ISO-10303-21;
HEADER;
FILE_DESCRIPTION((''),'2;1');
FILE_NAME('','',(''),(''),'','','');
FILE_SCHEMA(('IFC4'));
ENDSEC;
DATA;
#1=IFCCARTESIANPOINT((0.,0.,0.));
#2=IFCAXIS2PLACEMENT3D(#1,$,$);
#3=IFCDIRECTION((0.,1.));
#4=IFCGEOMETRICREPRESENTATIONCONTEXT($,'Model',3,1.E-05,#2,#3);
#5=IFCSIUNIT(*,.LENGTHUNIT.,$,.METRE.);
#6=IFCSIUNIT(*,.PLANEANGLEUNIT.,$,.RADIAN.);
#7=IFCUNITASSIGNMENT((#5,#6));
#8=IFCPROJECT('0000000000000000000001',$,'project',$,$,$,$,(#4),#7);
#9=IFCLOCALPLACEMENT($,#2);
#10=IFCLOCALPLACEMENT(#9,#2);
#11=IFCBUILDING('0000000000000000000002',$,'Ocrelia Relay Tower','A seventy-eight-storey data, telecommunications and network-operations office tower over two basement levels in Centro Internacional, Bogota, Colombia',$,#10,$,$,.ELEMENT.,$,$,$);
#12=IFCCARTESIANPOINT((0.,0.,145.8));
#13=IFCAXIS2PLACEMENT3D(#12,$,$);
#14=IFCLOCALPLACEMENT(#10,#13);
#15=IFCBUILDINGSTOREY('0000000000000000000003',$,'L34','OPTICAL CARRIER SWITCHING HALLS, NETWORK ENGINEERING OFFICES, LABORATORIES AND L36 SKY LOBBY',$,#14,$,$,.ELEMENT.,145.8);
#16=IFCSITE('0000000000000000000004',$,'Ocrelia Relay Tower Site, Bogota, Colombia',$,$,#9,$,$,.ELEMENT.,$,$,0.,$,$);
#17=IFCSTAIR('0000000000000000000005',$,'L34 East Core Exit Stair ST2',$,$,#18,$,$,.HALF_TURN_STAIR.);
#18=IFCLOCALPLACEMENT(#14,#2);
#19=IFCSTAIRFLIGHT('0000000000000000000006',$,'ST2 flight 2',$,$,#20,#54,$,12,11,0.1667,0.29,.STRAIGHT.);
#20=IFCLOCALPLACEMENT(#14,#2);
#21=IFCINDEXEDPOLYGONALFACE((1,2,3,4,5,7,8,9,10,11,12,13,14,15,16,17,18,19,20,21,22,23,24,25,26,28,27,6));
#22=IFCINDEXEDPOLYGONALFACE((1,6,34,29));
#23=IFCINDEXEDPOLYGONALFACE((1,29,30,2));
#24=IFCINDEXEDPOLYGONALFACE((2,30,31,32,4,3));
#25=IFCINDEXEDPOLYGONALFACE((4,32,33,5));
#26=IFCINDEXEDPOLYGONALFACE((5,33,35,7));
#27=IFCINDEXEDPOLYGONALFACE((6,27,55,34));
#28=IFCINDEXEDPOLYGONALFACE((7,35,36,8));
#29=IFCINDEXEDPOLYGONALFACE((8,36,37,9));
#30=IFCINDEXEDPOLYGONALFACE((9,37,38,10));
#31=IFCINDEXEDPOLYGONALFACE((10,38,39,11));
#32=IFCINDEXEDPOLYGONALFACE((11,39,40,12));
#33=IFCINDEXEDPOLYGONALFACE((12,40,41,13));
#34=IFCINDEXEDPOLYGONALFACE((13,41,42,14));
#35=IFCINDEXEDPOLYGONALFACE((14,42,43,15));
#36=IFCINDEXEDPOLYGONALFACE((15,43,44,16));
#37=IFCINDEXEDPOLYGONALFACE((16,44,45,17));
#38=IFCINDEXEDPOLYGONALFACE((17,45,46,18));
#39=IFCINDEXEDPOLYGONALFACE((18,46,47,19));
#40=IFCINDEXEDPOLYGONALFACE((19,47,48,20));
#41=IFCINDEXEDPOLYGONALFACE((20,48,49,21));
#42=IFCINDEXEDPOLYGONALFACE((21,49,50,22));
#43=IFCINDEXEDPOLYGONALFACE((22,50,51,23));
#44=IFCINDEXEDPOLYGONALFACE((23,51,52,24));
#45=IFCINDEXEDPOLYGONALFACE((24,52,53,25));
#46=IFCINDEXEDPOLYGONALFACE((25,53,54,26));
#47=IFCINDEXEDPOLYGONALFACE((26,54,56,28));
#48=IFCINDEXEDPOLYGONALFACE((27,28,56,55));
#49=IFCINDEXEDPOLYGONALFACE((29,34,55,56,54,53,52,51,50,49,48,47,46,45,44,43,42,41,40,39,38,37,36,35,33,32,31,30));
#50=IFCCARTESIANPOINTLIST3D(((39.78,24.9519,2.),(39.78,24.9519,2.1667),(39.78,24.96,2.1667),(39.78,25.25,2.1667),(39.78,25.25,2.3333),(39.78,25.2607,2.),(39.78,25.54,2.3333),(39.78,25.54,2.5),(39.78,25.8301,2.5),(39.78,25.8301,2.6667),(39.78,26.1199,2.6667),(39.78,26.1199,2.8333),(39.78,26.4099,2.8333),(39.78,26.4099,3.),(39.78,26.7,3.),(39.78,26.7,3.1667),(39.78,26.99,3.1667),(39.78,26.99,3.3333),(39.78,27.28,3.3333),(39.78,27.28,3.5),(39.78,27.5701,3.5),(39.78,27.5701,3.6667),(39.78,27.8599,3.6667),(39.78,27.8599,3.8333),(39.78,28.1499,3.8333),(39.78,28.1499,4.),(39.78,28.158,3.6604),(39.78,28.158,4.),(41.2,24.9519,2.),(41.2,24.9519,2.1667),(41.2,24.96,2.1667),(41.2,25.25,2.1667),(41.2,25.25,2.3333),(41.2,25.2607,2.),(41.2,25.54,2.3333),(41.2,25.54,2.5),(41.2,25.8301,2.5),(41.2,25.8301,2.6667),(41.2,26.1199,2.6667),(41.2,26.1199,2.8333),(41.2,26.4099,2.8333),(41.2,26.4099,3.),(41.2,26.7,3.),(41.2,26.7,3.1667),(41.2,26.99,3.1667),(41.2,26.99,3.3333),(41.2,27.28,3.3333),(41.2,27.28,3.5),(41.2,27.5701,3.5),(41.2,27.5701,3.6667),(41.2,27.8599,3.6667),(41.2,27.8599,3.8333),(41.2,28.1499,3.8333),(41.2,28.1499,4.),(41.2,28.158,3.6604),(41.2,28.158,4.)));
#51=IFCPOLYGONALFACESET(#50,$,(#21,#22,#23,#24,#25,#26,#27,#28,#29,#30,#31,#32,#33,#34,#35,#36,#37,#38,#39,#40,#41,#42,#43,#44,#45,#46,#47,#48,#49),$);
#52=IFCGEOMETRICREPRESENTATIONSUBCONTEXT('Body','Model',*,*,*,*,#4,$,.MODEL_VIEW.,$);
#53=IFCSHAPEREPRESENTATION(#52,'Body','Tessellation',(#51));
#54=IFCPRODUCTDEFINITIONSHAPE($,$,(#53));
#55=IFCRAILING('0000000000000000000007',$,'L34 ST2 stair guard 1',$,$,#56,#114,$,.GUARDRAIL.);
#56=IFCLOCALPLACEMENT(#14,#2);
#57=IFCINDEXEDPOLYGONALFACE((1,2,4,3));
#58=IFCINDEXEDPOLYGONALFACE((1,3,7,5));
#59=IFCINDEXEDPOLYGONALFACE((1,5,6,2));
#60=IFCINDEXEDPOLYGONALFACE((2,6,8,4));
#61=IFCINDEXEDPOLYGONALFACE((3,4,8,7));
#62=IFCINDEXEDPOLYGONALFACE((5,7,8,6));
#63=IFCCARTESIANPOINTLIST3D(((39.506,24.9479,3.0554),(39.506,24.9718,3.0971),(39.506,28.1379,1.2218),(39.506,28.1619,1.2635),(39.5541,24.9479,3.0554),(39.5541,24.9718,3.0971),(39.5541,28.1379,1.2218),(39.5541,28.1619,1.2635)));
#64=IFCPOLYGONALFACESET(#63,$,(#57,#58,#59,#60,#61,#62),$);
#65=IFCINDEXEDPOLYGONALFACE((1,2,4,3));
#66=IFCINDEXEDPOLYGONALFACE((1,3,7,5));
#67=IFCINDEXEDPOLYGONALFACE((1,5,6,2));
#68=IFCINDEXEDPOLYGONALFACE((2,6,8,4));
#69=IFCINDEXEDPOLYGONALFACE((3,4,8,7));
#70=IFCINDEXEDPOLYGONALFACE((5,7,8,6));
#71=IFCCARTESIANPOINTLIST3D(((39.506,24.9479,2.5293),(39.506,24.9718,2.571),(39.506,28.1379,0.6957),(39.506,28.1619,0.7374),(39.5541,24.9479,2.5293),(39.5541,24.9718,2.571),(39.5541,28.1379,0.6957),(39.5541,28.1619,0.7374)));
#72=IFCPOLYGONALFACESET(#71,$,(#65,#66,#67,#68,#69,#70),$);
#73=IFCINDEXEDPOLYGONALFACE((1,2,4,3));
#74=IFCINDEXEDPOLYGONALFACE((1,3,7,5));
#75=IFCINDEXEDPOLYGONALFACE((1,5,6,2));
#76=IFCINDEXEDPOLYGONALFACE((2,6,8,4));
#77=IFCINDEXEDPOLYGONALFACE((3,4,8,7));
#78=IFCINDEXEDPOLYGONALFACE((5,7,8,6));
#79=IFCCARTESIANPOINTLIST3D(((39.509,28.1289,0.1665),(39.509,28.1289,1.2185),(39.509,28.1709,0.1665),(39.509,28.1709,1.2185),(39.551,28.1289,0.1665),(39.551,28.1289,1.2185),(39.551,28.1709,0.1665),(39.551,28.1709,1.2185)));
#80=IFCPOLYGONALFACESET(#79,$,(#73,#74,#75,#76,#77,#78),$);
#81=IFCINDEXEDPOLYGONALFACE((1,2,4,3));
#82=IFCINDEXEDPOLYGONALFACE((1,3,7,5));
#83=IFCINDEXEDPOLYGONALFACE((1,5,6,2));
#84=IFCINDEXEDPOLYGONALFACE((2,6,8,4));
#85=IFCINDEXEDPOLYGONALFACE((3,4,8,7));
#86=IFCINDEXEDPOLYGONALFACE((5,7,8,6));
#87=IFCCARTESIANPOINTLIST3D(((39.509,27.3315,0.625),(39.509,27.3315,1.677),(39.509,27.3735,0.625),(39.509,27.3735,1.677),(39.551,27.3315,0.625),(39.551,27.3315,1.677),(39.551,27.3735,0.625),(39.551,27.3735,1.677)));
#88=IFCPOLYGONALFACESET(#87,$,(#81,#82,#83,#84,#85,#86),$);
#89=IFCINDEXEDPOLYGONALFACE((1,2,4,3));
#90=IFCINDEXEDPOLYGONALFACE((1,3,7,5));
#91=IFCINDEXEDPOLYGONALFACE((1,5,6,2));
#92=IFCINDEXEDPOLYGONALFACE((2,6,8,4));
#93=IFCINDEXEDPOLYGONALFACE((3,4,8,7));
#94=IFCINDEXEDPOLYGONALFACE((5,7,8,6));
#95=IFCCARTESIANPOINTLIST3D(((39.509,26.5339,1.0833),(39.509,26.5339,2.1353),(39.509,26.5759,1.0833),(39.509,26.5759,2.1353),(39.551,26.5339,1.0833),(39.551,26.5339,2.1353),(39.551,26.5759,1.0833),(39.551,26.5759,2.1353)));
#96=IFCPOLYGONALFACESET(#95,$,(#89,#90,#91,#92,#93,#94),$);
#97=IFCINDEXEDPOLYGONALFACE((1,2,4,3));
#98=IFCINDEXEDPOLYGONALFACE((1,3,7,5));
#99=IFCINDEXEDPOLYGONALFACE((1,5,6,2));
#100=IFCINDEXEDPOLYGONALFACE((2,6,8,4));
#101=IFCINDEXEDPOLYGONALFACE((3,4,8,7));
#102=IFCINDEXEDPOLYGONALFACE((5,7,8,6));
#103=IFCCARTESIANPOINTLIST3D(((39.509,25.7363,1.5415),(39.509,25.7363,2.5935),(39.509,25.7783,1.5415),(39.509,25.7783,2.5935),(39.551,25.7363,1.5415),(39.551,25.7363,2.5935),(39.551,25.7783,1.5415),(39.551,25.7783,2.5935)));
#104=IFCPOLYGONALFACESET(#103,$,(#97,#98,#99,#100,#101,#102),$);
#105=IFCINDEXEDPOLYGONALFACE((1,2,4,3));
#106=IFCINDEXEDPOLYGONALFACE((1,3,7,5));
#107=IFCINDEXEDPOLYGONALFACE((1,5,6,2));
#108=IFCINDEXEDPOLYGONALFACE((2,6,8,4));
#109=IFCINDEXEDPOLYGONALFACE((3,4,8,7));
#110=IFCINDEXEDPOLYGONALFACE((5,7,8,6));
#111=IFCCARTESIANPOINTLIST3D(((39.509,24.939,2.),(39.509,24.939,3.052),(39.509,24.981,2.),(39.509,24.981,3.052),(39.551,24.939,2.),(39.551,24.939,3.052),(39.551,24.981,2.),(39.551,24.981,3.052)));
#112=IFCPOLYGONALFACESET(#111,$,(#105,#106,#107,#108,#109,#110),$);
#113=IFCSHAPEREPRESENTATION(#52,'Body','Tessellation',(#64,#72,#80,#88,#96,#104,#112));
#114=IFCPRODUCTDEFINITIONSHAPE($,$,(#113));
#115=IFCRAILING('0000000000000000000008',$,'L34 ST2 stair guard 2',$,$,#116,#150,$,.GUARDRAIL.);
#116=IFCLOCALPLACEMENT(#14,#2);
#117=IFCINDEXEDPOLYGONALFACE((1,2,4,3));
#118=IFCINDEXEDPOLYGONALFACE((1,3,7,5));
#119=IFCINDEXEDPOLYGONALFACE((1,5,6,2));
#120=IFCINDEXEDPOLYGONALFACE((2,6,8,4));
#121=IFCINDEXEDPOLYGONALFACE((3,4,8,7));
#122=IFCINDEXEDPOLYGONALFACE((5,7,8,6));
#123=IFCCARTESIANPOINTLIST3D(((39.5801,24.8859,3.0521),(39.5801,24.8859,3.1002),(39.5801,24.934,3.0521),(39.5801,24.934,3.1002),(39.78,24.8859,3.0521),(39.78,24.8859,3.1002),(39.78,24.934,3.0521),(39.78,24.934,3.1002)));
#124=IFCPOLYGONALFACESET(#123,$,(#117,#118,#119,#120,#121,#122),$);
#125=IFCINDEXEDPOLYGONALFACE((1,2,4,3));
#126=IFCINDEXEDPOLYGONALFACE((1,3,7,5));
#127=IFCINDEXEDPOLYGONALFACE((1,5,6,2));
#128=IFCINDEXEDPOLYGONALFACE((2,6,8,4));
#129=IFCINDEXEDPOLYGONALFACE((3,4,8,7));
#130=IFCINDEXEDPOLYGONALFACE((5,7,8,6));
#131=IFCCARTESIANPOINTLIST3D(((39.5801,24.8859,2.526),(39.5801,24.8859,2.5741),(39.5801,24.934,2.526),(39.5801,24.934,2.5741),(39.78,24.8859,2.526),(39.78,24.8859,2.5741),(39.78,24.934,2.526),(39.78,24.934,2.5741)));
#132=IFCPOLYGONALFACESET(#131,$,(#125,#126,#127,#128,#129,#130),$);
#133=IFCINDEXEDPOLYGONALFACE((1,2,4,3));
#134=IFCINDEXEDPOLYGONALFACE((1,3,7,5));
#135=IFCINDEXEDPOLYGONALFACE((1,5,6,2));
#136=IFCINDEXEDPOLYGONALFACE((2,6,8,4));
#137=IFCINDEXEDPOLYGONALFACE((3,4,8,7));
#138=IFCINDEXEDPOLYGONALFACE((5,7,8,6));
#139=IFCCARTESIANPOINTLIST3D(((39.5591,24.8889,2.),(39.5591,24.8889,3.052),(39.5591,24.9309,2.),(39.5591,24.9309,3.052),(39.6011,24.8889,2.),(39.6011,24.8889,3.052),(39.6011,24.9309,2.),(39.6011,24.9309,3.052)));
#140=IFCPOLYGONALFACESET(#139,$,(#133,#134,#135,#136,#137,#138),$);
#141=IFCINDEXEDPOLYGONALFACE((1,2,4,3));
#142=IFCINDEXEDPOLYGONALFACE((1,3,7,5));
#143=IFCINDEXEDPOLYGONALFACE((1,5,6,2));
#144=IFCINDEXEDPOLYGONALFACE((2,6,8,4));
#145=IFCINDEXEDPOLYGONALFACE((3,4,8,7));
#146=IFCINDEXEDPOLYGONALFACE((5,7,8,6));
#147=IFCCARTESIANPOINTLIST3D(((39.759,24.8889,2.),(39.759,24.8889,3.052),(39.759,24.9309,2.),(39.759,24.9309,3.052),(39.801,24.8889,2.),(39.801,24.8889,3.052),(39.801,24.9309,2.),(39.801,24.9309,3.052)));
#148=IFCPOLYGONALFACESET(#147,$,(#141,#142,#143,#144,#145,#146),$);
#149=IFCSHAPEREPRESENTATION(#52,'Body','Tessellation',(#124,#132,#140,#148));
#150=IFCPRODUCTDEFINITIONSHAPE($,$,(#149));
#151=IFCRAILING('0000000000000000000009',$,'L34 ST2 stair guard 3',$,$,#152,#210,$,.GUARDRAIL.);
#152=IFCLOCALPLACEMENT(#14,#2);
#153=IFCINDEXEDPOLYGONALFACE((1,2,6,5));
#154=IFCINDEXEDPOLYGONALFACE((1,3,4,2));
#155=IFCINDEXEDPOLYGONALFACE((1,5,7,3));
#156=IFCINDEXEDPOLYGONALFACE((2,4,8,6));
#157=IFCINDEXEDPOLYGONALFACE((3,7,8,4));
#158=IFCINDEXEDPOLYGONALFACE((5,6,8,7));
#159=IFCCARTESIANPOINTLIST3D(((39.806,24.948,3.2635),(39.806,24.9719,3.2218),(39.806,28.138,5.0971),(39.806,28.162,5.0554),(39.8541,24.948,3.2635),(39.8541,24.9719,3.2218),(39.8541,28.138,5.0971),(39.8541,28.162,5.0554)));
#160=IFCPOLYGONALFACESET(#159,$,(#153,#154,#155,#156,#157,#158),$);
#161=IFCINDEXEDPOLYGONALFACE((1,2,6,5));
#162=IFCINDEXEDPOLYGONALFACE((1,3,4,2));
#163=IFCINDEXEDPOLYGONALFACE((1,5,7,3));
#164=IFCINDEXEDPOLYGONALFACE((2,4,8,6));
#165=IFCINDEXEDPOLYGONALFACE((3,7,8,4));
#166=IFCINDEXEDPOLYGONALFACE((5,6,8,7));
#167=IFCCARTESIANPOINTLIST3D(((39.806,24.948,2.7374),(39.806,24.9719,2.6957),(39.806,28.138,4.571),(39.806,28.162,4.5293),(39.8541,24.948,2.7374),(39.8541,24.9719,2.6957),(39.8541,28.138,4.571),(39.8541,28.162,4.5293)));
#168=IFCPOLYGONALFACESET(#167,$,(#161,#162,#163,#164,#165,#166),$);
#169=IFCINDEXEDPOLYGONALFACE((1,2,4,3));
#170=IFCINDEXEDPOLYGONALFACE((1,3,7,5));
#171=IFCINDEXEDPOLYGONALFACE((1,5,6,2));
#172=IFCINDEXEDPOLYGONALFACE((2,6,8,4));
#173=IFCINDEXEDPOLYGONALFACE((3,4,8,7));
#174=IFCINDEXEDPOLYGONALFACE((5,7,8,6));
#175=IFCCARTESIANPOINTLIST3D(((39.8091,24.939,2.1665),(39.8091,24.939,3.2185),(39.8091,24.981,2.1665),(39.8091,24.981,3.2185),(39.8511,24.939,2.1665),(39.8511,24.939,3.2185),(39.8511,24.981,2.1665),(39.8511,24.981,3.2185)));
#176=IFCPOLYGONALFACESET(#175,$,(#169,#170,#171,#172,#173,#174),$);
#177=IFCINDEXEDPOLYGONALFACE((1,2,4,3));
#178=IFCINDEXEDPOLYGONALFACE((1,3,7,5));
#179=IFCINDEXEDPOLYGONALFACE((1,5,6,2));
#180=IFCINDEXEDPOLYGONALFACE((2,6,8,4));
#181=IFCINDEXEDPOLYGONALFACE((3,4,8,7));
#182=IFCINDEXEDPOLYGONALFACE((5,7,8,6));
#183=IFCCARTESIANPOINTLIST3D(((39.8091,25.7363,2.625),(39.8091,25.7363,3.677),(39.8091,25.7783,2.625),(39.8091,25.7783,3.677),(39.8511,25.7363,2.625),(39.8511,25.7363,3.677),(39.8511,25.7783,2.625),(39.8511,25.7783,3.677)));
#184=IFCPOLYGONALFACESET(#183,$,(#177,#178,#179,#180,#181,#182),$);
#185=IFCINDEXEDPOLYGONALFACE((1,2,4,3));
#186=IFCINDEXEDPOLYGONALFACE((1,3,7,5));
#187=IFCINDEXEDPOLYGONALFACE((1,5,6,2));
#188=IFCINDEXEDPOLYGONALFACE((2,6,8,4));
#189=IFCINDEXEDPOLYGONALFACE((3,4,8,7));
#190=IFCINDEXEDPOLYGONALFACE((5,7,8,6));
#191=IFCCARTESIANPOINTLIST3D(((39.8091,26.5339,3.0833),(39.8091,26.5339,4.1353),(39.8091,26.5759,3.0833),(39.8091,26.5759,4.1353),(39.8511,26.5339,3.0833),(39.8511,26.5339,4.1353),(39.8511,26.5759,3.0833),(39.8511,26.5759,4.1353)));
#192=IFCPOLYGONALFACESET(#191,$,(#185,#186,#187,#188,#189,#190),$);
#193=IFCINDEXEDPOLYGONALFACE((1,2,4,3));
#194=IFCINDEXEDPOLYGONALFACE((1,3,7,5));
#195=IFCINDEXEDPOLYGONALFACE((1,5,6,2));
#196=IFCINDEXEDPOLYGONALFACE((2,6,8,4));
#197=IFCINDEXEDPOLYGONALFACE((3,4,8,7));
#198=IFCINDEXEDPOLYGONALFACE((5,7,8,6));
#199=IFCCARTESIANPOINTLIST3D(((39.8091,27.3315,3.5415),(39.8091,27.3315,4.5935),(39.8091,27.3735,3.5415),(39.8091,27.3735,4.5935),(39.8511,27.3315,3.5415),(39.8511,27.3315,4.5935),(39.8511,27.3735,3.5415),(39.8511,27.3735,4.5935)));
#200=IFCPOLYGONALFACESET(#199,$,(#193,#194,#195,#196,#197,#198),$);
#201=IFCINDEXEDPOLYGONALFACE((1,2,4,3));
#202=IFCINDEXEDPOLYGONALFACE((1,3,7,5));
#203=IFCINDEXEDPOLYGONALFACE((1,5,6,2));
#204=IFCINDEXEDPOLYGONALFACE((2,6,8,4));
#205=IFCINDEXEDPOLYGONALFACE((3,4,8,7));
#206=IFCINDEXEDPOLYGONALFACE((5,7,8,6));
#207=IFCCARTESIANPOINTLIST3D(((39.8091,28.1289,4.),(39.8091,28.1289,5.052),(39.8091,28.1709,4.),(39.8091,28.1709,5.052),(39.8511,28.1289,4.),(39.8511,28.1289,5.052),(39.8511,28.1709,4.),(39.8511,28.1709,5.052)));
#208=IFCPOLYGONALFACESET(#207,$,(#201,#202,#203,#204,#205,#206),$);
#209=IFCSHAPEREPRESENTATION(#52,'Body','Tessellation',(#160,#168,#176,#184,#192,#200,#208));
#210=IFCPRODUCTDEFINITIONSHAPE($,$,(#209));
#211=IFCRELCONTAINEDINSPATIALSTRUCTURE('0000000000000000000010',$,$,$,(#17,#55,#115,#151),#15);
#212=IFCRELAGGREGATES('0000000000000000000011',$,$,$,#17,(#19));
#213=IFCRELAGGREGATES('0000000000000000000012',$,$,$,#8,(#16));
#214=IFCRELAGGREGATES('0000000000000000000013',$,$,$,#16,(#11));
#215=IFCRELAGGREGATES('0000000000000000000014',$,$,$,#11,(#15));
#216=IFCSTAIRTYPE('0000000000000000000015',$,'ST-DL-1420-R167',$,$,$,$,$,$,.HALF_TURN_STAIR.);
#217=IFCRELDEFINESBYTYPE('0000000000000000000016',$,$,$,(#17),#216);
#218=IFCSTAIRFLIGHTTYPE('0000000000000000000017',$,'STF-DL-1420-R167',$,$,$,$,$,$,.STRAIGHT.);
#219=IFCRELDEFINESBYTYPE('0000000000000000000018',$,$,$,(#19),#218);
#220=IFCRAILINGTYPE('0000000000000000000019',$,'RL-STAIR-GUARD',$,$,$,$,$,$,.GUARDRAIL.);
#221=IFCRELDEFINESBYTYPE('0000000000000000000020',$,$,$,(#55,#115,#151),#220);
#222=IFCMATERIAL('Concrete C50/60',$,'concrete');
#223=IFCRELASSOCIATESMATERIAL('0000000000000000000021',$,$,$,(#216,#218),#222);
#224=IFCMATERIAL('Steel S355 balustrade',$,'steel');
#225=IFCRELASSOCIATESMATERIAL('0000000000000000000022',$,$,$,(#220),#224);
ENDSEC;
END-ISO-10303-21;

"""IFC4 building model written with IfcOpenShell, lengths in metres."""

from ifc_helpers import new_model, si_unit, direction, frame, origin, origin_2d, place, context, subcontext, project, spatial, polyline, rectangle, outline, extrude, material, type_object, element, aggregate, save


model = new_model("IFC4")

# Units and contexts
model_context = context("Model", 3, precision=1e-05, world=origin(), true_north=direction((0.0, 1.0)))
body_context = subcontext(model_context, "Body", "Model", "MODEL_VIEW")
ifc_project = project(units=[si_unit("LENGTHUNIT", "METRE"), si_unit("PLANEANGLEUNIT", "RADIAN")], contexts=[model_context])

# Site, building, storey
site_placement = place(None, origin())
site = spatial("IfcSite", under=ifc_project, at=site_placement, Name="Ocrelia Relay Tower Site, Bogota, Colombia", CompositionType="ELEMENT", RefElevation=0.0)
building_placement = place(site_placement, origin())
building = spatial("IfcBuilding", under=site, at=building_placement, Name="Ocrelia Relay Tower", Description="A seventy-eight-storey data, telecommunications and network-operations office tower over two basement levels in Centro Internacional, Bogota, Colombia", CompositionType="ELEMENT")
storey_placement = place(building_placement, frame((0.0, 0.0, 145.8)))
storey = spatial("IfcBuildingStorey", under=building, at=storey_placement, Name="L34", Description="OPTICAL CARRIER SWITCHING HALLS, NETWORK ENGINEERING OFFICES, LABORATORIES AND L36 SKY LOBBY", CompositionType="ELEMENT", Elevation=145.8)

# Shared definitions
ifc_material_1 = material(Name="Concrete C50/60", Category="concrete")

# Stair, stair flight
stair_type = type_object("IfcStairType", Name="ST-DL-1420-R167", PredefinedType="HALF_TURN_STAIR", material=ifc_material_1)
stair_placement = place(storey_placement, origin())
stair = element("IfcStair", 1, at=stair_placement, inside=storey, type_object=stair_type, Name="L34 East Core Exit Stair ST2", PredefinedType="HALF_TURN_STAIR")
stair_flight_type = type_object("IfcStairFlightType", Name="STF-DL-1420-R167", PredefinedType="STRAIGHT", material=ifc_material_1)
stair_flight_1_placement = place(storey_placement, frame((40.49, 24.96, 2.0), z_axis=(0.0, 0.0, 1.0), x_axis=(0.0, 1.0, 0.0)))
stair_flight_1 = element("IfcStairFlight", 2, at=stair_flight_1_placement, type_object=stair_flight_type, Name="ST2 flight 2", NumberOfRisers=12, NumberOfTreads=11, PredefinedType="STRAIGHT", RiserHeight=0.1667, TreadLength=0.29, context=body_context, shape_type="SweptSolid", body=[
    extrude(outline(polyline([(-0.0081, 0.0), (-0.0081, 0.1667), (0.0, 0.1667), (0.29, 0.1667), (0.29, 0.3333), (0.5801, 0.3333), (0.5801, 0.5), (0.8701, 0.5), (0.8701, 0.6667), (1.1599, 0.6667), (1.1599, 0.8333), (1.45, 0.8333), (1.45, 1.0), (1.74, 1.0), (1.74, 1.1667), (2.03, 1.1667), (2.03, 1.3333), (2.3201, 1.3333), (2.3201, 1.5), (2.6101, 1.5), (2.6101, 1.6667), (2.8999, 1.6667), (2.8999, 1.8333), (3.1899, 1.8333), (3.1899, 2.0), (3.198, 2.0), (3.198, 1.6604), (0.3008, 0.0), (-0.0081, 0.0)])), frame((0.0, 0.71, 0.0), z_axis=(0.0, -1.0, 0.0), x_axis=(1.0, 0.0, 0.0)), (0.0, 0.0, 1.0), 1.4199),
])
aggregate(stair, [stair_flight_1])

# Railings
ifc_material_2 = material(Name="Steel S355 balustrade", Category="steel")
railing_type_1 = type_object("IfcRailingType", Name="RL-STAIR-GUARD", PredefinedType="GUARDRAIL", material=ifc_material_2)
railing_1_placement = place(storey_placement, frame((39.53, 28.1499, 0.1665)))
element("IfcRailing", 3, at=railing_1_placement, inside=storey, type_object=railing_type_1, Name="L34 ST2 stair guard 1", PredefinedType="GUARDRAIL", context=body_context, shape_type="SweptSolid", body=[
    extrude(rectangle(XDim=0.0481, YDim=0.0481, at=origin_2d()), frame((0.0, 0.0, 1.0762), z_axis=(0.0, -0.866991, 0.498324), x_axis=(1.0, 0.0, 0.0)), (0.0, 0.0, 1.0), 3.6794),
    extrude(rectangle(XDim=0.0481, YDim=0.0481, at=origin_2d()), frame((0.0, 0.0, 0.55), z_axis=(0.0, -0.866991, 0.498324), x_axis=(1.0, 0.0, 0.0)), (0.0, 0.0, 1.0), 3.6794),
    extrude(rectangle(XDim=0.042, YDim=0.042, at=origin_2d()), origin(), (0.0, 0.0, 1.0), 1.052),
    extrude(rectangle(XDim=0.042, YDim=0.042, at=origin_2d()), frame((0.0, -0.7974, 0.4585)), (0.0, 0.0, 1.0), 1.052),
    extrude(rectangle(XDim=0.042, YDim=0.042, at=origin_2d()), frame((0.0, -1.595, 0.9167)), (0.0, 0.0, 1.0), 1.052),
    extrude(rectangle(XDim=0.042, YDim=0.042, at=origin_2d()), frame((0.0, -2.3926, 1.375)), (0.0, 0.0, 1.0), 1.052),
    extrude(rectangle(XDim=0.042, YDim=0.042, at=origin_2d()), frame((0.0, -3.1899, 1.8335)), (0.0, 0.0, 1.0), 1.052),
])
railing_2_placement = place(storey_placement, frame((39.5801, 24.9099, 2.0)))
element("IfcRailing", 4, at=railing_2_placement, inside=storey, type_object=railing_type_1, Name="L34 ST2 stair guard 2", PredefinedType="GUARDRAIL", context=body_context, shape_type="SweptSolid", body=[
    extrude(rectangle(XDim=0.0481, YDim=0.0481, at=origin_2d()), frame((0.0, 0.0, 1.0762), z_axis=(1.0, 0.0, 0.0), x_axis=(0.0, 1.0, 0.0)), (0.0, 0.0, 1.0), 0.2),
    extrude(rectangle(XDim=0.0481, YDim=0.0481, at=origin_2d()), frame((0.0, 0.0, 0.55), z_axis=(1.0, 0.0, 0.0), x_axis=(0.0, 1.0, 0.0)), (0.0, 0.0, 1.0), 0.2),
    extrude(rectangle(XDim=0.042, YDim=0.042, at=origin_2d()), origin(), (0.0, 0.0, 1.0), 1.052),
    extrude(rectangle(XDim=0.042, YDim=0.042, at=origin_2d()), frame((0.2, 0.0, 0.0)), (0.0, 0.0, 1.0), 1.052),
])
railing_3_placement = place(storey_placement, frame((39.8301, 24.96, 2.1665)))
element("IfcRailing", 5, at=railing_3_placement, inside=storey, type_object=railing_type_1, Name="L34 ST2 stair guard 3", PredefinedType="GUARDRAIL", context=body_context, shape_type="SweptSolid", body=[
    extrude(rectangle(XDim=0.0481, YDim=0.0481, at=origin_2d()), frame((0.0, 0.0, 1.0762), z_axis=(0.0, 0.866991, 0.498324), x_axis=(-1.0, 0.0, 0.0)), (0.0, 0.0, 1.0), 3.6794),
    extrude(rectangle(XDim=0.0481, YDim=0.0481, at=origin_2d()), frame((0.0, 0.0, 0.55), z_axis=(0.0, 0.866991, 0.498324), x_axis=(-1.0, 0.0, 0.0)), (0.0, 0.0, 1.0), 3.6794),
    extrude(rectangle(XDim=0.042, YDim=0.042, at=origin_2d()), origin(), (0.0, 0.0, 1.0), 1.052),
    extrude(rectangle(XDim=0.042, YDim=0.042, at=origin_2d()), frame((0.0, 0.7974, 0.4585)), (0.0, 0.0, 1.0), 1.052),
    extrude(rectangle(XDim=0.042, YDim=0.042, at=origin_2d()), frame((0.0, 1.595, 0.9167)), (0.0, 0.0, 1.0), 1.052),
    extrude(rectangle(XDim=0.042, YDim=0.042, at=origin_2d()), frame((0.0, 2.3926, 1.375)), (0.0, 0.0, 1.0), 1.052),
    extrude(rectangle(XDim=0.042, YDim=0.042, at=origin_2d()), frame((0.0, 3.1899, 1.8335)), (0.0, 0.0, 1.0), 1.052),
])

save(model, "model.ifc")
